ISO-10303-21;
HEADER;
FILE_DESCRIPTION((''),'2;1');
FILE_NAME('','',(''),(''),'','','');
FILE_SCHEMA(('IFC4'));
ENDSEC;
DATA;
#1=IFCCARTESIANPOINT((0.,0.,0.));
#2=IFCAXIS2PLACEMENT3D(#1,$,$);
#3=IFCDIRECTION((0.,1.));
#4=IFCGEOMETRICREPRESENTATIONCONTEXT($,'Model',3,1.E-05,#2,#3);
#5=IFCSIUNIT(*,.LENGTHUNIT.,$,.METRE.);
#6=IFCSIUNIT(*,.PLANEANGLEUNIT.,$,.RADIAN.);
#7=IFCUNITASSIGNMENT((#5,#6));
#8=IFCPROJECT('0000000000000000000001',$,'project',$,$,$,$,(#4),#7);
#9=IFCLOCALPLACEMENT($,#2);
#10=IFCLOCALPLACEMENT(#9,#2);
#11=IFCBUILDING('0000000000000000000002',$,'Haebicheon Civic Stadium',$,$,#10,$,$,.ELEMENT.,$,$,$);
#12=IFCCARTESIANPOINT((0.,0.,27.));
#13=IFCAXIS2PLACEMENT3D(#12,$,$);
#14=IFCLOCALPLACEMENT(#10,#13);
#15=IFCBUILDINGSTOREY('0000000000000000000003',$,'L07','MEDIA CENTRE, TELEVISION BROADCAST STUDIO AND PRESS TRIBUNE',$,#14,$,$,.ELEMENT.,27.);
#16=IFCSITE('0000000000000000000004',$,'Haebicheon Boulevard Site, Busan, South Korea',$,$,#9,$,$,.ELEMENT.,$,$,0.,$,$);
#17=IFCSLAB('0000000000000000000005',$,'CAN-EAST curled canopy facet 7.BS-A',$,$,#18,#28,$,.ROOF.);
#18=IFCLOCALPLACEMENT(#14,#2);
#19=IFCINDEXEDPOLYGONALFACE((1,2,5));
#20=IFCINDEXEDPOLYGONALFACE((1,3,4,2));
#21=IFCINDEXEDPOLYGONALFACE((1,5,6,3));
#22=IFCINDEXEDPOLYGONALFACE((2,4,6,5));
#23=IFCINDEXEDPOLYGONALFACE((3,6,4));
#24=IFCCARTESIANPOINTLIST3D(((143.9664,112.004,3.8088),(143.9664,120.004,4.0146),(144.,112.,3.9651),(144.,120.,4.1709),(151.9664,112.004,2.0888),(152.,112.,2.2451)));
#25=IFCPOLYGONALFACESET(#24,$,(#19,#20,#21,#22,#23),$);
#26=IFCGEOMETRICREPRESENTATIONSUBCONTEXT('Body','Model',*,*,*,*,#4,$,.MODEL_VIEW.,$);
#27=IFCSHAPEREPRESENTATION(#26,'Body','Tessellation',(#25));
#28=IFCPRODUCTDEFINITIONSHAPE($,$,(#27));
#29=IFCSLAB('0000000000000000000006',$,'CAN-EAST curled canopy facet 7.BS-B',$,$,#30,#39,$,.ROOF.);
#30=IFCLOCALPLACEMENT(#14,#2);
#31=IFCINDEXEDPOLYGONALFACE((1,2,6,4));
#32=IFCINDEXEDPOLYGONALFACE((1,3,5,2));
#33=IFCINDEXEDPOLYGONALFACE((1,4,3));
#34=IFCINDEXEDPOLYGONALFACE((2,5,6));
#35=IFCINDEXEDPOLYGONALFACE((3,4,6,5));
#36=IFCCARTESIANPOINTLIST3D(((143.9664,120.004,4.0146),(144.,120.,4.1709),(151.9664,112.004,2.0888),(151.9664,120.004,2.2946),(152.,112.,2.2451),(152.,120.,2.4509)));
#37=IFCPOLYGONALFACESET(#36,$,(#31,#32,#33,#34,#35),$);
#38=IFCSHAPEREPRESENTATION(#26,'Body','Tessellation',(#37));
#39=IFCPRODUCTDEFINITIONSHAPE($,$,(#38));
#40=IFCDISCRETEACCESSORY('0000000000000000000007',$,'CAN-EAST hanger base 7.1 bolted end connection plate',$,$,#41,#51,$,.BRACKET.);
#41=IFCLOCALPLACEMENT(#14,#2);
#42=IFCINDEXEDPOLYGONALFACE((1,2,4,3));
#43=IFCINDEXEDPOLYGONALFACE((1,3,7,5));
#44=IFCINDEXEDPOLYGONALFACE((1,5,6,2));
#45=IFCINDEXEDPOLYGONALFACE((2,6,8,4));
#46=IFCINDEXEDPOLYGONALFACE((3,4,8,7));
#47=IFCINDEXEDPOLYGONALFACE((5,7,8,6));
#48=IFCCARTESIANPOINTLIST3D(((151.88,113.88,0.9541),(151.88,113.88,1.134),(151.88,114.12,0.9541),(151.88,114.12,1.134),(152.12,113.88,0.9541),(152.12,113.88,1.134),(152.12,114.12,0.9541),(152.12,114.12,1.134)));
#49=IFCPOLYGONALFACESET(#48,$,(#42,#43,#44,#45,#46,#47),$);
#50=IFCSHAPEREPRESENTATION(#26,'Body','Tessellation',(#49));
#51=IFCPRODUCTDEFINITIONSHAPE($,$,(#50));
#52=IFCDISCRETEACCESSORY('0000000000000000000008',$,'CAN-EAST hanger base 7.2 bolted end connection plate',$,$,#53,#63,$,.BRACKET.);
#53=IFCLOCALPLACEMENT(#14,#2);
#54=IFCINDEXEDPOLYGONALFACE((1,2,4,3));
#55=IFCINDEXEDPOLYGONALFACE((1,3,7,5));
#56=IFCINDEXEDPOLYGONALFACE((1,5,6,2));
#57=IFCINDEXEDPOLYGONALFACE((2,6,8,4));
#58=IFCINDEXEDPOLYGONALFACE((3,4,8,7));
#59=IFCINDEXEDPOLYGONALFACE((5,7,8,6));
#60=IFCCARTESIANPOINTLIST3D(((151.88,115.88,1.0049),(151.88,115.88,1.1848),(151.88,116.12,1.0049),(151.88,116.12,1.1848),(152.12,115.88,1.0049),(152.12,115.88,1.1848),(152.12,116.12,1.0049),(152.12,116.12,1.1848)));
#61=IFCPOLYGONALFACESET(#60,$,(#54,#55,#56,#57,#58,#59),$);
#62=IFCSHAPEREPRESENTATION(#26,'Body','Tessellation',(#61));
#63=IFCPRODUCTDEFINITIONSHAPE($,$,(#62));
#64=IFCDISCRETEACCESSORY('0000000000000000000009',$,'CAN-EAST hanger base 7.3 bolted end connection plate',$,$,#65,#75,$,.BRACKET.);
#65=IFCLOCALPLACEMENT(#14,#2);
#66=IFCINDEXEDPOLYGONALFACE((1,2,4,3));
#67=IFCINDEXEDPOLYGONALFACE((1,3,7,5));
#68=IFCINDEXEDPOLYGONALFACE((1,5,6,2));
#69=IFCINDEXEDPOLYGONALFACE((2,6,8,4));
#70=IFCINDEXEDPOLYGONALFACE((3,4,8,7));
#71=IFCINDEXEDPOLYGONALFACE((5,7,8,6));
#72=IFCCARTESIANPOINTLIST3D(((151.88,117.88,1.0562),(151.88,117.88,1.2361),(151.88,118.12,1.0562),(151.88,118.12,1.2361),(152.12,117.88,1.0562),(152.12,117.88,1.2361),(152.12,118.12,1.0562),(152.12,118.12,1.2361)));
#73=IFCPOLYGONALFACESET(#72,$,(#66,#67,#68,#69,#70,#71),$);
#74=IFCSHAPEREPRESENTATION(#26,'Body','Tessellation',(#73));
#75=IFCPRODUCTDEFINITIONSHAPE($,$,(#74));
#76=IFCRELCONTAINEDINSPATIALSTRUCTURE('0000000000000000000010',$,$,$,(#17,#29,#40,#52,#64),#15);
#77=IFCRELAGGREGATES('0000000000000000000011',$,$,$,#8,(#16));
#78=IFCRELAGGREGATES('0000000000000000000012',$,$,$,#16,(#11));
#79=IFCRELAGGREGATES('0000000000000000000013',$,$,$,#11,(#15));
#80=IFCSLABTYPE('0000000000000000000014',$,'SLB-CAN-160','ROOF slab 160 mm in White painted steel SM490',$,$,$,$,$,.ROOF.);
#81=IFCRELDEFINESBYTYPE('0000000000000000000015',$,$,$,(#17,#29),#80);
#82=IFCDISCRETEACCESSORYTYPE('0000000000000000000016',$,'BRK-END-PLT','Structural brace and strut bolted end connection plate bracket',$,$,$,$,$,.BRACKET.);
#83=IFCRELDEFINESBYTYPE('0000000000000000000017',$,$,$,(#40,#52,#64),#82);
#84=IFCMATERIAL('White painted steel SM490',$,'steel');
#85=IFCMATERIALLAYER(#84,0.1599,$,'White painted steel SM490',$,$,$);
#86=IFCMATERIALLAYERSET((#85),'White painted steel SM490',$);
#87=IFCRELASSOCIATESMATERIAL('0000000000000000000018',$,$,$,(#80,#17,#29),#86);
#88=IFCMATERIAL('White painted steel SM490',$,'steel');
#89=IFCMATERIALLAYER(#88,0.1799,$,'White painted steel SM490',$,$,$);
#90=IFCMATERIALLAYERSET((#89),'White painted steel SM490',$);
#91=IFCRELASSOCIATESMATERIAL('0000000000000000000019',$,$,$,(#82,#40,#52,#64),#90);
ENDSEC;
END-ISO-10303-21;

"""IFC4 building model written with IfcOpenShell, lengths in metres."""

from ifc_helpers import new_model, si_unit, direction, frame, origin, origin_2d, place, context, subcontext, project, spatial, polyline, rectangle, outline, extrude, material, layer, layer_set, type_object, element, save


model = new_model("IFC4")

# Units and contexts
model_context = context("Model", 3, precision=1e-05, world=origin(), true_north=direction((0.0, 1.0)))
body_context = subcontext(model_context, "Body", "Model", "MODEL_VIEW")
ifc_project = project(units=[si_unit("LENGTHUNIT", "METRE"), si_unit("PLANEANGLEUNIT", "RADIAN")], contexts=[model_context])

# Site, building, storey
site_placement = place(None, origin())
site = spatial("IfcSite", under=ifc_project, at=site_placement, Name="Haebicheon Boulevard Site, Busan, South Korea", CompositionType="ELEMENT", RefElevation=0.0)
building_placement = place(site_placement, origin())
building = spatial("IfcBuilding", under=site, at=building_placement, Name="Haebicheon Civic Stadium", CompositionType="ELEMENT")
storey_placement = place(building_placement, frame((0.0, 0.0, 27.0)))
storey = spatial("IfcBuildingStorey", under=building, at=storey_placement, Name="L07", Description="MEDIA CENTRE, TELEVISION BROADCAST STUDIO AND PRESS TRIBUNE", CompositionType="ELEMENT", Elevation=27.0)

# Slabs
ifc_material_1 = material(Name="White painted steel SM490", Category="steel")
ifc_layer_1 = layer(ifc_material_1, 0.1599, Name="White painted steel SM490")
ifc_layer_set_1 = layer_set([ifc_layer_1], Name="White painted steel SM490")
slab_type = type_object("IfcSlabType", Name="SLB-CAN-160", Description="ROOF slab 160 mm in White painted steel SM490", PredefinedType="ROOF", material=ifc_layer_set_1)
slab_1_placement = place(storey_placement, frame((152.0, 112.0, 2.2451), z_axis=(0.210127, -0.025144, 0.977351), x_axis=(-0.97766, 0.0, 0.210193)))
element("IfcSlab", 1, at=slab_1_placement, inside=storey, type_object=slab_type, material=ifc_layer_set_1, Name="CAN-EAST curled canopy facet 7.BS-A", PredefinedType="ROOF", context=body_context, shape_type="SweptSolid", body=[
    extrude(outline(polyline([(0.0, 0.0), (8.1828, 0.0), (8.2261, -8.0025), (0.0, 0.0)])), origin(), (0.0, 0.0, -1.0), 0.1599),
])
slab_2_placement = place(storey_placement, frame((152.0, 112.0, 2.2451), z_axis=(0.210127, -0.025144, 0.977351), x_axis=(-0.69708, 0.69708, 0.167803)))
element("IfcSlab", 2, at=slab_2_placement, inside=storey, type_object=slab_type, material=ifc_layer_set_1, Name="CAN-EAST curled canopy facet 7.BS-B", PredefinedType="ROOF", context=body_context, shape_type="SweptSolid", body=[
    extrude(outline(polyline([(0.0, 0.0), (11.4764, 0.0), (5.6112, -5.7059), (0.0, 0.0)])), origin(), (0.0, 0.0, -1.0), 0.1599),
])

# Discrete accessories
ifc_material_2 = material(Name="White painted steel SM490", Category="steel")
ifc_layer_2 = layer(ifc_material_2, 0.1799, Name="White painted steel SM490")
ifc_layer_set_2 = layer_set([ifc_layer_2], Name="White painted steel SM490")
discrete_accessory_type = type_object("IfcDiscreteAccessoryType", Name="BRK-END-PLT", Description="Structural brace and strut bolted end connection plate bracket", PredefinedType="BRACKET", material=ifc_layer_set_2)
for number, where, z_axis, x_axis, name in (
    (3, (152.0, 114.0, 0.9541), (0.0, 0.0, 1.0), (1.0, 0.0, 0.0), "CAN-EAST hanger base 7.1 bolted end connection plate"),
    (4, (152.0, 116.0, 1.0049), (0.0, 0.0, 1.0), (1.0, 0.0, 0.0), "CAN-EAST hanger base 7.2 bolted end connection plate"),
    (5, (152.0, 118.0, 1.0562), (0.0, 0.0, 1.0), (1.0, 0.0, 0.0), "CAN-EAST hanger base 7.3 bolted end connection plate"),
):
    element("IfcDiscreteAccessory", number, at=place(storey_placement, frame(where, z_axis=z_axis, x_axis=x_axis)), inside=storey, type_object=discrete_accessory_type, material=ifc_layer_set_2, Name=name, PredefinedType="BRACKET", context=body_context, shape_type="SweptSolid", body=[
        extrude(rectangle(XDim=0.24, YDim=0.24, at=origin_2d()), origin(), (0.0, 0.0, 1.0), 0.1799),
    ])

save(model, "model.ifc")
